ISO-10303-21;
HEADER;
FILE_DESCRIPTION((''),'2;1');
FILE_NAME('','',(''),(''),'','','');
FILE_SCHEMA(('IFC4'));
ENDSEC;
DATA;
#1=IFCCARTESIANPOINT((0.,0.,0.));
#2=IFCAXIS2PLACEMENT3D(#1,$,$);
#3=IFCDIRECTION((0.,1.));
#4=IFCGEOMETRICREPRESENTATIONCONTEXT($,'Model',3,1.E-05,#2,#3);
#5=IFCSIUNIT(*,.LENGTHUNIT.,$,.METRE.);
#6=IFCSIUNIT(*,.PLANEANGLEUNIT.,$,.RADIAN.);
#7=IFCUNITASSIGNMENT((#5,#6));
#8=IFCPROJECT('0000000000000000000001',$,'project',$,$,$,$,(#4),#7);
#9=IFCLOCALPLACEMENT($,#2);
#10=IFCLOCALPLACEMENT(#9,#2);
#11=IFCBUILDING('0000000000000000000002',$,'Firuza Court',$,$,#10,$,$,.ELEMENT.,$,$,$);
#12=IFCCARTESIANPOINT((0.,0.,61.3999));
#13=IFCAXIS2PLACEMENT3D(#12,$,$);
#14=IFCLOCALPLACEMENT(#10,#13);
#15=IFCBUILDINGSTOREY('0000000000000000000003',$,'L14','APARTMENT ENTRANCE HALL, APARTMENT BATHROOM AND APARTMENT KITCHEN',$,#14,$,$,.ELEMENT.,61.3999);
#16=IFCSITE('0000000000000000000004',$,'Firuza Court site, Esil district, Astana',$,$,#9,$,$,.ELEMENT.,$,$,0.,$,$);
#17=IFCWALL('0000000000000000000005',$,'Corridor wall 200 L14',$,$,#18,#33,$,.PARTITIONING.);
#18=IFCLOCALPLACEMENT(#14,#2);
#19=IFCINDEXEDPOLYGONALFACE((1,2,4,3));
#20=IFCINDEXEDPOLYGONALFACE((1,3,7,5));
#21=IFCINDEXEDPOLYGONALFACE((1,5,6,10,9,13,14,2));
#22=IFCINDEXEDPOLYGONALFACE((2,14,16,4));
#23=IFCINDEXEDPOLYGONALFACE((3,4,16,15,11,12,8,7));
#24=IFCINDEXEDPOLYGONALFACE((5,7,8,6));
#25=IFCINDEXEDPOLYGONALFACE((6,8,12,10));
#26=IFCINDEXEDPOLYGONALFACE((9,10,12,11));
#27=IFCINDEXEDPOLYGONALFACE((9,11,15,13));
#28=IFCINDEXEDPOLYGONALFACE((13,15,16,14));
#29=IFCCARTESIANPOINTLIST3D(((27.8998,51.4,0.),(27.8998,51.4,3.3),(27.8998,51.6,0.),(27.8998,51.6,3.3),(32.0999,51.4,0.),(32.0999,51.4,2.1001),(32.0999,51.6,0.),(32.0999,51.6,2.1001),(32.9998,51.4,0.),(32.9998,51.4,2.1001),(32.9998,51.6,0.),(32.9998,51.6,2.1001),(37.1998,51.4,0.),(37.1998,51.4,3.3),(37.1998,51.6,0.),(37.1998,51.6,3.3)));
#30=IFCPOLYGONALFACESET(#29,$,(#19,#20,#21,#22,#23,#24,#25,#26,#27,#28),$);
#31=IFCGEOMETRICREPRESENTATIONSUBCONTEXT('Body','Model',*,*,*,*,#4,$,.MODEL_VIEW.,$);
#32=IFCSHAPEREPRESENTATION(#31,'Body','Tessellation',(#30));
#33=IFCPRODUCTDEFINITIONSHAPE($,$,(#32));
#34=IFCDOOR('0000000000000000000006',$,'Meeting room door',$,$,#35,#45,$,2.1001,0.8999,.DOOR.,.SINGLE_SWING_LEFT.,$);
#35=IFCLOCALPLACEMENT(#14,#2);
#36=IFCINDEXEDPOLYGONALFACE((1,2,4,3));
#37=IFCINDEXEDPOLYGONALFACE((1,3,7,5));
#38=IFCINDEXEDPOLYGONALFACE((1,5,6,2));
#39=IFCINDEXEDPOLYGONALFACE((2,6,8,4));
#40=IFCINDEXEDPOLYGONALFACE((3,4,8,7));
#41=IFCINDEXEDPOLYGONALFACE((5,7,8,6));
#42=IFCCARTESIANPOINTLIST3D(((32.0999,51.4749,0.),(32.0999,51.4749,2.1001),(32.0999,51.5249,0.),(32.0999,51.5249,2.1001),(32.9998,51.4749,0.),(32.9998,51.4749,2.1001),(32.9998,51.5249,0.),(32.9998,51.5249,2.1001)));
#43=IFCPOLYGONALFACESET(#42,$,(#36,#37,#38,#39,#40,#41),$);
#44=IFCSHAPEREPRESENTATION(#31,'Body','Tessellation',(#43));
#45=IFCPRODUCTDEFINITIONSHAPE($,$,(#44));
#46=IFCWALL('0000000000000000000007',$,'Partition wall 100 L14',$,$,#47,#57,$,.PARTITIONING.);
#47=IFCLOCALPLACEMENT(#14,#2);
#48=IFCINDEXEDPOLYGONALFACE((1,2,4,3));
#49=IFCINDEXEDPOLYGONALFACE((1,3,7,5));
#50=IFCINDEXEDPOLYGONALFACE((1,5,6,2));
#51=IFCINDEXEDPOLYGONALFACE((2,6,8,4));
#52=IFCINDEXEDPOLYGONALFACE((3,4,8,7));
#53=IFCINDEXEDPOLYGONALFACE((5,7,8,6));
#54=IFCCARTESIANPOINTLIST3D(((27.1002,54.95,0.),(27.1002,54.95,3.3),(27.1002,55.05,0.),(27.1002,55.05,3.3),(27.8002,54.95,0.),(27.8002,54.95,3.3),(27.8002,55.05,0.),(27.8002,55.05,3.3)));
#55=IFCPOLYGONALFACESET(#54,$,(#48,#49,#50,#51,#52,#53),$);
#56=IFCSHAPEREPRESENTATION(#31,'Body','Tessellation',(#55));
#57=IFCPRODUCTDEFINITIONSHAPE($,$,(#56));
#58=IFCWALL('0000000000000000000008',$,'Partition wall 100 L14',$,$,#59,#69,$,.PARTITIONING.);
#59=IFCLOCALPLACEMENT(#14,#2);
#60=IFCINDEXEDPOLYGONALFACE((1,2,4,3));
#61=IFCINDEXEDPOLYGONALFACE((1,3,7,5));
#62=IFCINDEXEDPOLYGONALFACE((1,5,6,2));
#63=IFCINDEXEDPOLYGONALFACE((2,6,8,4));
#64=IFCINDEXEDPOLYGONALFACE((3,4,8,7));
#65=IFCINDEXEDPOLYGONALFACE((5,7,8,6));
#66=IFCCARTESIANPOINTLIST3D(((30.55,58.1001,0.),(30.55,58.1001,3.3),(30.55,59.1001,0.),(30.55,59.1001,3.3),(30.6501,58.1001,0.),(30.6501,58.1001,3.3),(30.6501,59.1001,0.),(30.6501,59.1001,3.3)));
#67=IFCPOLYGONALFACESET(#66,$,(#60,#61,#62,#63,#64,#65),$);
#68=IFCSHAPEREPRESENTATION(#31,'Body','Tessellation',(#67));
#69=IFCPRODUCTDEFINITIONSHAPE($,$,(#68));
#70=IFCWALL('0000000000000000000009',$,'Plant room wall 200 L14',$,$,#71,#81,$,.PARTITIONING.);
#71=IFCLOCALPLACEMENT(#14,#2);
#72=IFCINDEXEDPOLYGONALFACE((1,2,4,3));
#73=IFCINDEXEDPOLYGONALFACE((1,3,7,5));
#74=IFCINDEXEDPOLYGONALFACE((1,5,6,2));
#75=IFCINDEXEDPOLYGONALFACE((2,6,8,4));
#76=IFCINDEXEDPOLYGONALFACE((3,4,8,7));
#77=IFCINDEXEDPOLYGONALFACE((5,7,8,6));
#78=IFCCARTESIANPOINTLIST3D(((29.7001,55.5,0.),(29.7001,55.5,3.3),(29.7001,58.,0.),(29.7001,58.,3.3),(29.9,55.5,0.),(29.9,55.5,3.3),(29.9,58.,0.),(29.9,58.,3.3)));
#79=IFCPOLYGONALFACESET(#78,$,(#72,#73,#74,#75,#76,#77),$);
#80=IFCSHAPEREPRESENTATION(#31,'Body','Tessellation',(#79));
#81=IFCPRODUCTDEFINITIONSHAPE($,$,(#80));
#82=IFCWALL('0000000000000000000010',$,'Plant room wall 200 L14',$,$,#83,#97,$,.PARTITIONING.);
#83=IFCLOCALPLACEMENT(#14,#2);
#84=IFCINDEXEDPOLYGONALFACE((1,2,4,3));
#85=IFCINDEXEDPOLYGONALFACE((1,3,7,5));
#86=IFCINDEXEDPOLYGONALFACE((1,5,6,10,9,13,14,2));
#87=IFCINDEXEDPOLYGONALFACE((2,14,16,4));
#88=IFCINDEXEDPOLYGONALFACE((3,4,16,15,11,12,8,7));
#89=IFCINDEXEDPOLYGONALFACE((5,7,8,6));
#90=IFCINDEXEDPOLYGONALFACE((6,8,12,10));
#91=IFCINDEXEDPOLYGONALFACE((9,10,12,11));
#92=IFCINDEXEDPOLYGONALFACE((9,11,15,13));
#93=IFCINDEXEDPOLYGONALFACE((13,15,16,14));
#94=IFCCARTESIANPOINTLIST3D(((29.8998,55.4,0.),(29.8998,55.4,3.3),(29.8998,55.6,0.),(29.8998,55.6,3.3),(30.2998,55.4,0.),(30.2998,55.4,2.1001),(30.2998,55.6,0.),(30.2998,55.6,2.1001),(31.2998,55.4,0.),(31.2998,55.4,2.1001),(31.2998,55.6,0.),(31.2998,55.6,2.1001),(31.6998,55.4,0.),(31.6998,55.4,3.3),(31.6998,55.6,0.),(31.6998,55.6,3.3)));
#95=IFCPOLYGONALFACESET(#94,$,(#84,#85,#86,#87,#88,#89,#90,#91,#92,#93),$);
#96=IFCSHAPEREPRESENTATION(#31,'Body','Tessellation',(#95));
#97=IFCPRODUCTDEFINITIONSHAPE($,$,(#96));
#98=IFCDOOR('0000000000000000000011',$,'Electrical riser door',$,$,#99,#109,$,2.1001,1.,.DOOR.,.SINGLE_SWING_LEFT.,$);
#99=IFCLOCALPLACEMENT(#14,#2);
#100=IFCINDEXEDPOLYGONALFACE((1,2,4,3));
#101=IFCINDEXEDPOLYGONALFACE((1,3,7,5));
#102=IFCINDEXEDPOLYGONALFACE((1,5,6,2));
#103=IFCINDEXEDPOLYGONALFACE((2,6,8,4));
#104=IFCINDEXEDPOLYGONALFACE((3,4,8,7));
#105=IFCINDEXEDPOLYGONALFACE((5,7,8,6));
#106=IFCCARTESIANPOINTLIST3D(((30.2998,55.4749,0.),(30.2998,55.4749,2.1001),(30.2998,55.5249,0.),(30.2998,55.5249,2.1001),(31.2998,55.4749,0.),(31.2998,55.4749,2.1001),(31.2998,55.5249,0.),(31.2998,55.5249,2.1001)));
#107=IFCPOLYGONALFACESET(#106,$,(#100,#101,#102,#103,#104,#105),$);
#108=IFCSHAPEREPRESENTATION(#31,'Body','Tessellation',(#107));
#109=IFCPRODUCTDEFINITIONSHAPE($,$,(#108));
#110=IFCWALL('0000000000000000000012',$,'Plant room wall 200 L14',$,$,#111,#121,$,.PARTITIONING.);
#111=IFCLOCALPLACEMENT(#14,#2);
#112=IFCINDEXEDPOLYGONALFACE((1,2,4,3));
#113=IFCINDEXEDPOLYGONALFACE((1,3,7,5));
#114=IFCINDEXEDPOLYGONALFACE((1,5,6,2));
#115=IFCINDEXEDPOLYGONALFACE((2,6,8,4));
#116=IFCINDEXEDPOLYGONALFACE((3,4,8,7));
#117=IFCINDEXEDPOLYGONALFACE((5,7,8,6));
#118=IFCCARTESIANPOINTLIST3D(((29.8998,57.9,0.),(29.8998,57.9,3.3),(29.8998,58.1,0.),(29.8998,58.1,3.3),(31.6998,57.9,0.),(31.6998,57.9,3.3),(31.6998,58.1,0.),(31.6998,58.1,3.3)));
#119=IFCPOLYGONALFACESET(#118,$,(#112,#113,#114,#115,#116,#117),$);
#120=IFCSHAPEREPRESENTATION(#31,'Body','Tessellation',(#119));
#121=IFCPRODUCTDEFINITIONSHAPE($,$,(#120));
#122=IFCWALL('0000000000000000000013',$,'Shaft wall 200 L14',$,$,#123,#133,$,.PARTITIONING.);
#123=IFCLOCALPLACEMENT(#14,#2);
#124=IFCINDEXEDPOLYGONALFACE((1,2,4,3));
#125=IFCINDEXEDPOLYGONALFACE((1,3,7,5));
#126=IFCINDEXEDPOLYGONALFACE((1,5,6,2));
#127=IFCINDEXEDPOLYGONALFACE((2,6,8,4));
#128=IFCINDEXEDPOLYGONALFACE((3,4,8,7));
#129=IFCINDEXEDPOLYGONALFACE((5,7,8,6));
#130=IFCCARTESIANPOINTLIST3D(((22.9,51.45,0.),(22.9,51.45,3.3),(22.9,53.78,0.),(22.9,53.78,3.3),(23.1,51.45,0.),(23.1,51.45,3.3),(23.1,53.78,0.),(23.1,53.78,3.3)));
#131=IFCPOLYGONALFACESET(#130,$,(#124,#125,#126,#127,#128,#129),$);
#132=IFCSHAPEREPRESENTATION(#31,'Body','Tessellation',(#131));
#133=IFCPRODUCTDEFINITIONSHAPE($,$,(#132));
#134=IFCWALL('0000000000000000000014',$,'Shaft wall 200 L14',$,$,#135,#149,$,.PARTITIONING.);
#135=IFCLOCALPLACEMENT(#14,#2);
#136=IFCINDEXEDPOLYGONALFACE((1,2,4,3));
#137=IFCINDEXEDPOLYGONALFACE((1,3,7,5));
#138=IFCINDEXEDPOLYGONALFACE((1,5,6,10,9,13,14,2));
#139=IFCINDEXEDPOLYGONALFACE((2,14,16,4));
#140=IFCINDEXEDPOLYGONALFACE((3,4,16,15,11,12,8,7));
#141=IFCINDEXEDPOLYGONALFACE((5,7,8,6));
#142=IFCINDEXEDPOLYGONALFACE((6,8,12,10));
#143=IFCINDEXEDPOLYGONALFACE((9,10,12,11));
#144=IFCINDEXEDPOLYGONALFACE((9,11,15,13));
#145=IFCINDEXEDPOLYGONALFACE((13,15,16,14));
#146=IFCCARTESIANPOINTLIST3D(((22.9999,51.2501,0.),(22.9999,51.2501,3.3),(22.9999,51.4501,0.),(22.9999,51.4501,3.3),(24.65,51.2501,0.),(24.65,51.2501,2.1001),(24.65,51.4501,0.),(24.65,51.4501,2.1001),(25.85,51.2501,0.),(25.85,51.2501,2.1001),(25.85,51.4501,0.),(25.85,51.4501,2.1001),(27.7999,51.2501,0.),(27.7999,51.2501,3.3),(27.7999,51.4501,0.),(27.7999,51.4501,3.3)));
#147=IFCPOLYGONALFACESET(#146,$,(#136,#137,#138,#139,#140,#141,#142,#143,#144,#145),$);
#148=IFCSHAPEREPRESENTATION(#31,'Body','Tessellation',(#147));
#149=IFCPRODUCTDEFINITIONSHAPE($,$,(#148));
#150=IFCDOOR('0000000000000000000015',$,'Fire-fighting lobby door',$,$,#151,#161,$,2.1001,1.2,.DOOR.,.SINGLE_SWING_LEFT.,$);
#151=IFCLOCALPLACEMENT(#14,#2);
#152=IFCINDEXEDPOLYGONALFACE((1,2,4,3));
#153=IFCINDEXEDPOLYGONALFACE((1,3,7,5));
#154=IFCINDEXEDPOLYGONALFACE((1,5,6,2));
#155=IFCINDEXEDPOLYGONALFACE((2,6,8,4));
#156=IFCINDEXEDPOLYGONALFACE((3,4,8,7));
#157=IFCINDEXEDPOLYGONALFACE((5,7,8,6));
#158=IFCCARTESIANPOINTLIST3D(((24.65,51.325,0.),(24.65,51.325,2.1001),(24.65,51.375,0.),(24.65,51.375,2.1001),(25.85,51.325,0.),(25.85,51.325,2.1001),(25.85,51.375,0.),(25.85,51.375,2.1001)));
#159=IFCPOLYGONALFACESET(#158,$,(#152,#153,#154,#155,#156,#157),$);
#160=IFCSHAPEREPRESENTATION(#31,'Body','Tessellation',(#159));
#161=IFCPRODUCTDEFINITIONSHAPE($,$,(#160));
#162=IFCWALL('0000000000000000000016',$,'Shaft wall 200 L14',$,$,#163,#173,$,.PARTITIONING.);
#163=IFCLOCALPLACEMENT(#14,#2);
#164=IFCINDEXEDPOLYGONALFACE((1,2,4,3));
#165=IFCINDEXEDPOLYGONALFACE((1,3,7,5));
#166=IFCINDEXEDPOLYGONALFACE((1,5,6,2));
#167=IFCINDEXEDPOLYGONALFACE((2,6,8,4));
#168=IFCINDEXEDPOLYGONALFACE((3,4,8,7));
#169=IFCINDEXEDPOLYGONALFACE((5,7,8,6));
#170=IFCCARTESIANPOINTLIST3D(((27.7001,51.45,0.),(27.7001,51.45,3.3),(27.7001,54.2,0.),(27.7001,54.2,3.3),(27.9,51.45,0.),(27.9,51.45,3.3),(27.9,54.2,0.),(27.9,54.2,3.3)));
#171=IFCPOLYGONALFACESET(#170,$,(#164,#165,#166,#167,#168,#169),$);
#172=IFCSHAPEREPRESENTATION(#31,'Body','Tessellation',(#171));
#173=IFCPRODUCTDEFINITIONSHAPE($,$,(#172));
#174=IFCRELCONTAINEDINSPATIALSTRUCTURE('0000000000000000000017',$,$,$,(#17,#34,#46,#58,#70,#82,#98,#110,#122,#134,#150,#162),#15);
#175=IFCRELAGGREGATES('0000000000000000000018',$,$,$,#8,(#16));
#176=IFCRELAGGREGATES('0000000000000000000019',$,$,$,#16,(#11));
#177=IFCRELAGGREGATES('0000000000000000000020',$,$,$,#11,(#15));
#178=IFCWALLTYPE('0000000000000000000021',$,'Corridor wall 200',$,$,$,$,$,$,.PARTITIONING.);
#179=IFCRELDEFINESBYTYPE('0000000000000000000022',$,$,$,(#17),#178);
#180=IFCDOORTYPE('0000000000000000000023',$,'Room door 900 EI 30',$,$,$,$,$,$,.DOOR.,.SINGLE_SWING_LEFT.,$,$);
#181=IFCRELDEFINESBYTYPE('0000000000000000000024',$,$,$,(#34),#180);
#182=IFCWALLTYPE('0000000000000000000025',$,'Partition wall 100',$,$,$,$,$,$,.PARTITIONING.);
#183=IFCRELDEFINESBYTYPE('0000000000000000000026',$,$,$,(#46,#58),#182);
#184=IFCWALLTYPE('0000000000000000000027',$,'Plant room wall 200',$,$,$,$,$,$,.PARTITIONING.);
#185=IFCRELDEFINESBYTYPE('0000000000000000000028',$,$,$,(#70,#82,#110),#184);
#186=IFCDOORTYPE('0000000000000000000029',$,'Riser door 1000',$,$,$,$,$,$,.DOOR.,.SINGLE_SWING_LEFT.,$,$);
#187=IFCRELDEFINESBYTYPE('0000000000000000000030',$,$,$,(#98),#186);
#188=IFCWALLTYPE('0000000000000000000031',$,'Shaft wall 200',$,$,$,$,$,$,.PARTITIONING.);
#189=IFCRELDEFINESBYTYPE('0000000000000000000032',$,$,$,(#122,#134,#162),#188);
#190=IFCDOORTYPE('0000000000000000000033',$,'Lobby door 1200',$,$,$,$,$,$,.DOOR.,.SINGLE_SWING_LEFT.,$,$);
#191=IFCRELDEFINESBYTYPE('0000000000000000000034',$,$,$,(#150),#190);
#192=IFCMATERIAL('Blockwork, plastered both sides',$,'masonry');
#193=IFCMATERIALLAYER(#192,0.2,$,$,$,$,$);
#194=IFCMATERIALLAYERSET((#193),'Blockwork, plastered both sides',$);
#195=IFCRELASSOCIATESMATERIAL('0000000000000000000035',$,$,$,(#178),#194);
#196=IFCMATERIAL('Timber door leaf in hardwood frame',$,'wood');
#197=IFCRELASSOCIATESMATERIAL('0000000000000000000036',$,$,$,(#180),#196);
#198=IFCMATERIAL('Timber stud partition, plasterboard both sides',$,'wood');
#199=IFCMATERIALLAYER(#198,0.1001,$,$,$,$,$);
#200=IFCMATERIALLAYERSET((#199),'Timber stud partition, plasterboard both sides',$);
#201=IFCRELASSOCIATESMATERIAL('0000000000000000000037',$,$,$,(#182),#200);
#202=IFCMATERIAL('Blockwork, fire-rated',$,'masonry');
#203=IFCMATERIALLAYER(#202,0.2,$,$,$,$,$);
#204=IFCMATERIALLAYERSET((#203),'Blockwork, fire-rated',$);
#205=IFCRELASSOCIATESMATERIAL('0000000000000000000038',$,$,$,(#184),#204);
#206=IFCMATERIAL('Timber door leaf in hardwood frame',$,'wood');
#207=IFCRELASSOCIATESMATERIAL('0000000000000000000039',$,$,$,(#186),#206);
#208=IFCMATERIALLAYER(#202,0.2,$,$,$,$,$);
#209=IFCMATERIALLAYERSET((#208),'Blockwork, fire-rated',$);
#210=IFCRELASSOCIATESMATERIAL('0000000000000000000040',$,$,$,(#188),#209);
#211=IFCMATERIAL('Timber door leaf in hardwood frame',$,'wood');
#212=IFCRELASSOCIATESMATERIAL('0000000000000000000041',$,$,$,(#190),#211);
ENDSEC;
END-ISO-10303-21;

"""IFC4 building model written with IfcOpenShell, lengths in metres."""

from ifc_helpers import new_model, si_unit, direction, frame, frame_2d, origin, place, context, subcontext, project, spatial, rectangle, extrude, material, layer, layer_set, type_object, element, fill, save


model = new_model("IFC4")

# Units and contexts
model_context = context("Model", 3, precision=1e-05, world=origin(), true_north=direction((0.0, 1.0)))
body_context = subcontext(model_context, "Body", "Model", "MODEL_VIEW")
ifc_project = project(units=[si_unit("LENGTHUNIT", "METRE"), si_unit("PLANEANGLEUNIT", "RADIAN")], contexts=[model_context])

# Site, building, storey
site_placement = place(None, origin())
site = spatial("IfcSite", under=ifc_project, at=site_placement, Name="Firuza Court site, Esil district, Astana", CompositionType="ELEMENT", RefElevation=0.0)
building_placement = place(site_placement, origin())
building = spatial("IfcBuilding", under=site, at=building_placement, Name="Firuza Court", CompositionType="ELEMENT")
storey_placement = place(building_placement, frame((0.0, 0.0, 61.3999)))
storey = spatial("IfcBuildingStorey", under=building, at=storey_placement, Name="L14", Description="APARTMENT ENTRANCE HALL, APARTMENT BATHROOM AND APARTMENT KITCHEN", CompositionType="ELEMENT", Elevation=61.3999)

# Wall, opening, door
ifc_material_1 = material(Name="Blockwork, plastered both sides", Category="masonry")
ifc_layer_1 = layer(ifc_material_1, 0.2)
ifc_layer_set_1 = layer_set([ifc_layer_1], Name="Blockwork, plastered both sides")
wall_type_1 = type_object("IfcWallType", Name="Corridor wall 200", PredefinedType="PARTITIONING", material=ifc_layer_set_1)
wall_1_placement = place(storey_placement, frame((27.8999, 51.5, 0.0), z_axis=(0.0, 0.0, 1.0), x_axis=(1.0, 0.0, 0.0)))
wall_1 = element("IfcWall", 1, at=wall_1_placement, inside=storey, type_object=wall_type_1, Name="Corridor wall 200 L14", PredefinedType="PARTITIONING", context=body_context, shape_type="SweptSolid", body=[
    extrude(rectangle(XDim=9.3, YDim=0.2, at=frame_2d((4.6499, 0.0))), origin(), (0.0, 0.0, 1.0), 3.3),
])
opening_1_placement = place(wall_1_placement, frame((4.2, 0.0, 0.0)))
opening_1 = element("IfcOpeningElement", 2, at=opening_1_placement, cuts=wall_1, PredefinedType="OPENING", context=body_context, shape_type="SweptSolid", body=[
    extrude(rectangle(XDim=0.8999, YDim=2.1001, at=frame_2d((0.45, 1.05))), frame((0.0, 0.1118, 0.0), z_axis=(0.0, -1.0, 0.0), x_axis=(1.0, 0.0, 0.0)), (0.0, 0.0, 1.0), 0.2239),
])
ifc_material_2 = material(Name="Timber door leaf in hardwood frame", Category="wood")
door_type_1 = type_object("IfcDoorType", Name="Room door 900 EI 30", OperationType="SINGLE_SWING_LEFT", PredefinedType="DOOR", material=ifc_material_2)
door_1_placement = place(opening_1_placement, origin())
door_1 = element("IfcDoor", 3, at=door_1_placement, inside=storey, type_object=door_type_1, Name="Meeting room door", OperationType="SINGLE_SWING_LEFT", OverallHeight=2.1001, OverallWidth=0.8999, PredefinedType="DOOR", context=body_context, shape_type="SweptSolid", body=[
    extrude(rectangle(XDim=0.8999, YDim=2.1001, at=frame_2d((0.45, 1.05))), frame((0.0, 0.0249, 0.0), z_axis=(0.0, -1.0, 0.0), x_axis=(1.0, 0.0, 0.0)), (0.0, 0.0, 1.0), 0.05),
])
fill(opening_1, door_1)

# Walls
ifc_material_3 = material(Name="Timber stud partition, plasterboard both sides", Category="wood")
ifc_layer_2 = layer(ifc_material_3, 0.1001)
ifc_layer_set_2 = layer_set([ifc_layer_2], Name="Timber stud partition, plasterboard both sides")
wall_type_2 = type_object("IfcWallType", Name="Partition wall 100", PredefinedType="PARTITIONING", material=ifc_layer_set_2)
wall_2_placement = place(storey_placement, frame((27.1001, 55.0, 0.0), z_axis=(0.0, 0.0, 1.0), x_axis=(1.0, 0.0, 0.0)))
element("IfcWall", 4, at=wall_2_placement, inside=storey, type_object=wall_type_2, Name="Partition wall 100 L14", PredefinedType="PARTITIONING", context=body_context, shape_type="SweptSolid", body=[
    extrude(rectangle(XDim=0.7, YDim=0.1001, at=frame_2d((0.3501, 0.0))), origin(), (0.0, 0.0, 1.0), 3.3),
])
wall_3_placement = place(storey_placement, frame((30.6001, 58.1001, 0.0), z_axis=(0.0, 0.0, 1.0), x_axis=(0.0, 1.0, 0.0)))
element("IfcWall", 5, at=wall_3_placement, inside=storey, type_object=wall_type_2, Name="Partition wall 100 L14", PredefinedType="PARTITIONING", context=body_context, shape_type="SweptSolid", body=[
    extrude(rectangle(XDim=1.0, YDim=0.1001, at=frame_2d((0.5, 0.0))), origin(), (0.0, 0.0, 1.0), 3.3),
])
ifc_material_4 = material(Name="Blockwork, fire-rated", Category="masonry")
ifc_layer_3 = layer(ifc_material_4, 0.2)
ifc_layer_set_3 = layer_set([ifc_layer_3], Name="Blockwork, fire-rated")
wall_type_3 = type_object("IfcWallType", Name="Plant room wall 200", PredefinedType="PARTITIONING", material=ifc_layer_set_3)
wall_4_placement = place(storey_placement, frame((29.8, 55.5, 0.0), z_axis=(0.0, 0.0, 1.0), x_axis=(0.0, 1.0, 0.0)))
element("IfcWall", 6, at=wall_4_placement, inside=storey, type_object=wall_type_3, Name="Plant room wall 200 L14", PredefinedType="PARTITIONING", context=body_context, shape_type="SweptSolid", body=[
    extrude(rectangle(XDim=2.5, YDim=0.2, at=frame_2d((1.25, 0.0))), origin(), (0.0, 0.0, 1.0), 3.3),
])

# Wall, opening, door
wall_5_placement = place(storey_placement, frame((29.8999, 55.5, 0.0), z_axis=(0.0, 0.0, 1.0), x_axis=(1.0, 0.0, 0.0)))
wall_5 = element("IfcWall", 7, at=wall_5_placement, inside=storey, type_object=wall_type_3, Name="Plant room wall 200 L14", PredefinedType="PARTITIONING", context=body_context, shape_type="SweptSolid", body=[
    extrude(rectangle(XDim=1.8, YDim=0.2, at=frame_2d((0.8999, 0.0))), origin(), (0.0, 0.0, 1.0), 3.3),
])
opening_2_placement = place(wall_5_placement, frame((0.3999, 0.0, 0.0)))
opening_2 = element("IfcOpeningElement", 8, at=opening_2_placement, cuts=wall_5, PredefinedType="OPENING", context=body_context, shape_type="SweptSolid", body=[
    extrude(rectangle(XDim=1.0, YDim=2.1001, at=frame_2d((0.5, 1.05))), frame((0.0, 0.1118, 0.0), z_axis=(0.0, -1.0, 0.0), x_axis=(1.0, 0.0, 0.0)), (0.0, 0.0, 1.0), 0.2239),
])
ifc_material_5 = material(Name="Timber door leaf in hardwood frame", Category="wood")
door_type_2 = type_object("IfcDoorType", Name="Riser door 1000", OperationType="SINGLE_SWING_LEFT", PredefinedType="DOOR", material=ifc_material_5)
door_2_placement = place(opening_2_placement, origin())
door_2 = element("IfcDoor", 9, at=door_2_placement, inside=storey, type_object=door_type_2, Name="Electrical riser door", OperationType="SINGLE_SWING_LEFT", OverallHeight=2.1001, OverallWidth=1.0, PredefinedType="DOOR", context=body_context, shape_type="SweptSolid", body=[
    extrude(rectangle(XDim=1.0, YDim=2.1001, at=frame_2d((0.5, 1.05))), frame((0.0, 0.0249, 0.0), z_axis=(0.0, -1.0, 0.0), x_axis=(1.0, 0.0, 0.0)), (0.0, 0.0, 1.0), 0.05),
])
fill(opening_2, door_2)

# Walls
wall_6_placement = place(storey_placement, frame((29.8999, 58.0, 0.0), z_axis=(0.0, 0.0, 1.0), x_axis=(1.0, 0.0, 0.0)))
element("IfcWall", 10, at=wall_6_placement, inside=storey, type_object=wall_type_3, Name="Plant room wall 200 L14", PredefinedType="PARTITIONING", context=body_context, shape_type="SweptSolid", body=[
    extrude(rectangle(XDim=1.8, YDim=0.2, at=frame_2d((0.8999, 0.0))), origin(), (0.0, 0.0, 1.0), 3.3),
])
ifc_layer_4 = layer(ifc_material_4, 0.2)
ifc_layer_set_4 = layer_set([ifc_layer_4], Name="Blockwork, fire-rated")
wall_type_4 = type_object("IfcWallType", Name="Shaft wall 200", PredefinedType="PARTITIONING", material=ifc_layer_set_4)
wall_7_placement = place(storey_placement, frame((23.0, 51.45, 0.0), z_axis=(0.0, 0.0, 1.0), x_axis=(0.0, 1.0, 0.0)))
element("IfcWall", 11, at=wall_7_placement, inside=storey, type_object=wall_type_4, Name="Shaft wall 200 L14", PredefinedType="PARTITIONING", context=body_context, shape_type="SweptSolid", body=[
    extrude(rectangle(XDim=2.3301, YDim=0.2, at=frame_2d((1.165, 0.0))), origin(), (0.0, 0.0, 1.0), 3.3),
])

# Wall, opening, door
wall_8_placement = place(storey_placement, frame((23.0, 51.3501, 0.0), z_axis=(0.0, 0.0, 1.0), x_axis=(1.0, 0.0, 0.0)))
wall_8 = element("IfcWall", 12, at=wall_8_placement, inside=storey, type_object=wall_type_4, Name="Shaft wall 200 L14", PredefinedType="PARTITIONING", context=body_context, shape_type="SweptSolid", body=[
    extrude(rectangle(XDim=4.8, YDim=0.2, at=frame_2d((2.3999, 0.0))), origin(), (0.0, 0.0, 1.0), 3.3),
])
opening_3_placement = place(wall_8_placement, frame((1.6499, 0.0, 0.0)))
opening_3 = element("IfcOpeningElement", 13, at=opening_3_placement, cuts=wall_8, PredefinedType="OPENING", context=body_context, shape_type="SweptSolid", body=[
    extrude(rectangle(XDim=1.2, YDim=2.1001, at=frame_2d((0.6001, 1.05))), frame((0.0, 0.1118, 0.0), z_axis=(0.0, -1.0, 0.0), x_axis=(1.0, 0.0, 0.0)), (0.0, 0.0, 1.0), 0.2239),
])
ifc_material_6 = material(Name="Timber door leaf in hardwood frame", Category="wood")
door_type_3 = type_object("IfcDoorType", Name="Lobby door 1200", OperationType="SINGLE_SWING_LEFT", PredefinedType="DOOR", material=ifc_material_6)
door_3_placement = place(opening_3_placement, origin())
door_3 = element("IfcDoor", 14, at=door_3_placement, inside=storey, type_object=door_type_3, Name="Fire-fighting lobby door", OperationType="SINGLE_SWING_LEFT", OverallHeight=2.1001, OverallWidth=1.2, PredefinedType="DOOR", context=body_context, shape_type="SweptSolid", body=[
    extrude(rectangle(XDim=1.2, YDim=2.1001, at=frame_2d((0.6001, 1.05))), frame((0.0, 0.0249, 0.0), z_axis=(0.0, -1.0, 0.0), x_axis=(1.0, 0.0, 0.0)), (0.0, 0.0, 1.0), 0.05),
])
fill(opening_3, door_3)

# Wall
wall_9_placement = place(storey_placement, frame((27.8, 51.45, 0.0), z_axis=(0.0, 0.0, 1.0), x_axis=(0.0, 1.0, 0.0)))
element("IfcWall", 15, at=wall_9_placement, inside=storey, type_object=wall_type_4, Name="Shaft wall 200 L14", PredefinedType="PARTITIONING", context=body_context, shape_type="SweptSolid", body=[
    extrude(rectangle(XDim=2.75, YDim=0.2, at=frame_2d((1.375, 0.0))), origin(), (0.0, 0.0, 1.0), 3.3),
])

save(model, "model.ifc")
